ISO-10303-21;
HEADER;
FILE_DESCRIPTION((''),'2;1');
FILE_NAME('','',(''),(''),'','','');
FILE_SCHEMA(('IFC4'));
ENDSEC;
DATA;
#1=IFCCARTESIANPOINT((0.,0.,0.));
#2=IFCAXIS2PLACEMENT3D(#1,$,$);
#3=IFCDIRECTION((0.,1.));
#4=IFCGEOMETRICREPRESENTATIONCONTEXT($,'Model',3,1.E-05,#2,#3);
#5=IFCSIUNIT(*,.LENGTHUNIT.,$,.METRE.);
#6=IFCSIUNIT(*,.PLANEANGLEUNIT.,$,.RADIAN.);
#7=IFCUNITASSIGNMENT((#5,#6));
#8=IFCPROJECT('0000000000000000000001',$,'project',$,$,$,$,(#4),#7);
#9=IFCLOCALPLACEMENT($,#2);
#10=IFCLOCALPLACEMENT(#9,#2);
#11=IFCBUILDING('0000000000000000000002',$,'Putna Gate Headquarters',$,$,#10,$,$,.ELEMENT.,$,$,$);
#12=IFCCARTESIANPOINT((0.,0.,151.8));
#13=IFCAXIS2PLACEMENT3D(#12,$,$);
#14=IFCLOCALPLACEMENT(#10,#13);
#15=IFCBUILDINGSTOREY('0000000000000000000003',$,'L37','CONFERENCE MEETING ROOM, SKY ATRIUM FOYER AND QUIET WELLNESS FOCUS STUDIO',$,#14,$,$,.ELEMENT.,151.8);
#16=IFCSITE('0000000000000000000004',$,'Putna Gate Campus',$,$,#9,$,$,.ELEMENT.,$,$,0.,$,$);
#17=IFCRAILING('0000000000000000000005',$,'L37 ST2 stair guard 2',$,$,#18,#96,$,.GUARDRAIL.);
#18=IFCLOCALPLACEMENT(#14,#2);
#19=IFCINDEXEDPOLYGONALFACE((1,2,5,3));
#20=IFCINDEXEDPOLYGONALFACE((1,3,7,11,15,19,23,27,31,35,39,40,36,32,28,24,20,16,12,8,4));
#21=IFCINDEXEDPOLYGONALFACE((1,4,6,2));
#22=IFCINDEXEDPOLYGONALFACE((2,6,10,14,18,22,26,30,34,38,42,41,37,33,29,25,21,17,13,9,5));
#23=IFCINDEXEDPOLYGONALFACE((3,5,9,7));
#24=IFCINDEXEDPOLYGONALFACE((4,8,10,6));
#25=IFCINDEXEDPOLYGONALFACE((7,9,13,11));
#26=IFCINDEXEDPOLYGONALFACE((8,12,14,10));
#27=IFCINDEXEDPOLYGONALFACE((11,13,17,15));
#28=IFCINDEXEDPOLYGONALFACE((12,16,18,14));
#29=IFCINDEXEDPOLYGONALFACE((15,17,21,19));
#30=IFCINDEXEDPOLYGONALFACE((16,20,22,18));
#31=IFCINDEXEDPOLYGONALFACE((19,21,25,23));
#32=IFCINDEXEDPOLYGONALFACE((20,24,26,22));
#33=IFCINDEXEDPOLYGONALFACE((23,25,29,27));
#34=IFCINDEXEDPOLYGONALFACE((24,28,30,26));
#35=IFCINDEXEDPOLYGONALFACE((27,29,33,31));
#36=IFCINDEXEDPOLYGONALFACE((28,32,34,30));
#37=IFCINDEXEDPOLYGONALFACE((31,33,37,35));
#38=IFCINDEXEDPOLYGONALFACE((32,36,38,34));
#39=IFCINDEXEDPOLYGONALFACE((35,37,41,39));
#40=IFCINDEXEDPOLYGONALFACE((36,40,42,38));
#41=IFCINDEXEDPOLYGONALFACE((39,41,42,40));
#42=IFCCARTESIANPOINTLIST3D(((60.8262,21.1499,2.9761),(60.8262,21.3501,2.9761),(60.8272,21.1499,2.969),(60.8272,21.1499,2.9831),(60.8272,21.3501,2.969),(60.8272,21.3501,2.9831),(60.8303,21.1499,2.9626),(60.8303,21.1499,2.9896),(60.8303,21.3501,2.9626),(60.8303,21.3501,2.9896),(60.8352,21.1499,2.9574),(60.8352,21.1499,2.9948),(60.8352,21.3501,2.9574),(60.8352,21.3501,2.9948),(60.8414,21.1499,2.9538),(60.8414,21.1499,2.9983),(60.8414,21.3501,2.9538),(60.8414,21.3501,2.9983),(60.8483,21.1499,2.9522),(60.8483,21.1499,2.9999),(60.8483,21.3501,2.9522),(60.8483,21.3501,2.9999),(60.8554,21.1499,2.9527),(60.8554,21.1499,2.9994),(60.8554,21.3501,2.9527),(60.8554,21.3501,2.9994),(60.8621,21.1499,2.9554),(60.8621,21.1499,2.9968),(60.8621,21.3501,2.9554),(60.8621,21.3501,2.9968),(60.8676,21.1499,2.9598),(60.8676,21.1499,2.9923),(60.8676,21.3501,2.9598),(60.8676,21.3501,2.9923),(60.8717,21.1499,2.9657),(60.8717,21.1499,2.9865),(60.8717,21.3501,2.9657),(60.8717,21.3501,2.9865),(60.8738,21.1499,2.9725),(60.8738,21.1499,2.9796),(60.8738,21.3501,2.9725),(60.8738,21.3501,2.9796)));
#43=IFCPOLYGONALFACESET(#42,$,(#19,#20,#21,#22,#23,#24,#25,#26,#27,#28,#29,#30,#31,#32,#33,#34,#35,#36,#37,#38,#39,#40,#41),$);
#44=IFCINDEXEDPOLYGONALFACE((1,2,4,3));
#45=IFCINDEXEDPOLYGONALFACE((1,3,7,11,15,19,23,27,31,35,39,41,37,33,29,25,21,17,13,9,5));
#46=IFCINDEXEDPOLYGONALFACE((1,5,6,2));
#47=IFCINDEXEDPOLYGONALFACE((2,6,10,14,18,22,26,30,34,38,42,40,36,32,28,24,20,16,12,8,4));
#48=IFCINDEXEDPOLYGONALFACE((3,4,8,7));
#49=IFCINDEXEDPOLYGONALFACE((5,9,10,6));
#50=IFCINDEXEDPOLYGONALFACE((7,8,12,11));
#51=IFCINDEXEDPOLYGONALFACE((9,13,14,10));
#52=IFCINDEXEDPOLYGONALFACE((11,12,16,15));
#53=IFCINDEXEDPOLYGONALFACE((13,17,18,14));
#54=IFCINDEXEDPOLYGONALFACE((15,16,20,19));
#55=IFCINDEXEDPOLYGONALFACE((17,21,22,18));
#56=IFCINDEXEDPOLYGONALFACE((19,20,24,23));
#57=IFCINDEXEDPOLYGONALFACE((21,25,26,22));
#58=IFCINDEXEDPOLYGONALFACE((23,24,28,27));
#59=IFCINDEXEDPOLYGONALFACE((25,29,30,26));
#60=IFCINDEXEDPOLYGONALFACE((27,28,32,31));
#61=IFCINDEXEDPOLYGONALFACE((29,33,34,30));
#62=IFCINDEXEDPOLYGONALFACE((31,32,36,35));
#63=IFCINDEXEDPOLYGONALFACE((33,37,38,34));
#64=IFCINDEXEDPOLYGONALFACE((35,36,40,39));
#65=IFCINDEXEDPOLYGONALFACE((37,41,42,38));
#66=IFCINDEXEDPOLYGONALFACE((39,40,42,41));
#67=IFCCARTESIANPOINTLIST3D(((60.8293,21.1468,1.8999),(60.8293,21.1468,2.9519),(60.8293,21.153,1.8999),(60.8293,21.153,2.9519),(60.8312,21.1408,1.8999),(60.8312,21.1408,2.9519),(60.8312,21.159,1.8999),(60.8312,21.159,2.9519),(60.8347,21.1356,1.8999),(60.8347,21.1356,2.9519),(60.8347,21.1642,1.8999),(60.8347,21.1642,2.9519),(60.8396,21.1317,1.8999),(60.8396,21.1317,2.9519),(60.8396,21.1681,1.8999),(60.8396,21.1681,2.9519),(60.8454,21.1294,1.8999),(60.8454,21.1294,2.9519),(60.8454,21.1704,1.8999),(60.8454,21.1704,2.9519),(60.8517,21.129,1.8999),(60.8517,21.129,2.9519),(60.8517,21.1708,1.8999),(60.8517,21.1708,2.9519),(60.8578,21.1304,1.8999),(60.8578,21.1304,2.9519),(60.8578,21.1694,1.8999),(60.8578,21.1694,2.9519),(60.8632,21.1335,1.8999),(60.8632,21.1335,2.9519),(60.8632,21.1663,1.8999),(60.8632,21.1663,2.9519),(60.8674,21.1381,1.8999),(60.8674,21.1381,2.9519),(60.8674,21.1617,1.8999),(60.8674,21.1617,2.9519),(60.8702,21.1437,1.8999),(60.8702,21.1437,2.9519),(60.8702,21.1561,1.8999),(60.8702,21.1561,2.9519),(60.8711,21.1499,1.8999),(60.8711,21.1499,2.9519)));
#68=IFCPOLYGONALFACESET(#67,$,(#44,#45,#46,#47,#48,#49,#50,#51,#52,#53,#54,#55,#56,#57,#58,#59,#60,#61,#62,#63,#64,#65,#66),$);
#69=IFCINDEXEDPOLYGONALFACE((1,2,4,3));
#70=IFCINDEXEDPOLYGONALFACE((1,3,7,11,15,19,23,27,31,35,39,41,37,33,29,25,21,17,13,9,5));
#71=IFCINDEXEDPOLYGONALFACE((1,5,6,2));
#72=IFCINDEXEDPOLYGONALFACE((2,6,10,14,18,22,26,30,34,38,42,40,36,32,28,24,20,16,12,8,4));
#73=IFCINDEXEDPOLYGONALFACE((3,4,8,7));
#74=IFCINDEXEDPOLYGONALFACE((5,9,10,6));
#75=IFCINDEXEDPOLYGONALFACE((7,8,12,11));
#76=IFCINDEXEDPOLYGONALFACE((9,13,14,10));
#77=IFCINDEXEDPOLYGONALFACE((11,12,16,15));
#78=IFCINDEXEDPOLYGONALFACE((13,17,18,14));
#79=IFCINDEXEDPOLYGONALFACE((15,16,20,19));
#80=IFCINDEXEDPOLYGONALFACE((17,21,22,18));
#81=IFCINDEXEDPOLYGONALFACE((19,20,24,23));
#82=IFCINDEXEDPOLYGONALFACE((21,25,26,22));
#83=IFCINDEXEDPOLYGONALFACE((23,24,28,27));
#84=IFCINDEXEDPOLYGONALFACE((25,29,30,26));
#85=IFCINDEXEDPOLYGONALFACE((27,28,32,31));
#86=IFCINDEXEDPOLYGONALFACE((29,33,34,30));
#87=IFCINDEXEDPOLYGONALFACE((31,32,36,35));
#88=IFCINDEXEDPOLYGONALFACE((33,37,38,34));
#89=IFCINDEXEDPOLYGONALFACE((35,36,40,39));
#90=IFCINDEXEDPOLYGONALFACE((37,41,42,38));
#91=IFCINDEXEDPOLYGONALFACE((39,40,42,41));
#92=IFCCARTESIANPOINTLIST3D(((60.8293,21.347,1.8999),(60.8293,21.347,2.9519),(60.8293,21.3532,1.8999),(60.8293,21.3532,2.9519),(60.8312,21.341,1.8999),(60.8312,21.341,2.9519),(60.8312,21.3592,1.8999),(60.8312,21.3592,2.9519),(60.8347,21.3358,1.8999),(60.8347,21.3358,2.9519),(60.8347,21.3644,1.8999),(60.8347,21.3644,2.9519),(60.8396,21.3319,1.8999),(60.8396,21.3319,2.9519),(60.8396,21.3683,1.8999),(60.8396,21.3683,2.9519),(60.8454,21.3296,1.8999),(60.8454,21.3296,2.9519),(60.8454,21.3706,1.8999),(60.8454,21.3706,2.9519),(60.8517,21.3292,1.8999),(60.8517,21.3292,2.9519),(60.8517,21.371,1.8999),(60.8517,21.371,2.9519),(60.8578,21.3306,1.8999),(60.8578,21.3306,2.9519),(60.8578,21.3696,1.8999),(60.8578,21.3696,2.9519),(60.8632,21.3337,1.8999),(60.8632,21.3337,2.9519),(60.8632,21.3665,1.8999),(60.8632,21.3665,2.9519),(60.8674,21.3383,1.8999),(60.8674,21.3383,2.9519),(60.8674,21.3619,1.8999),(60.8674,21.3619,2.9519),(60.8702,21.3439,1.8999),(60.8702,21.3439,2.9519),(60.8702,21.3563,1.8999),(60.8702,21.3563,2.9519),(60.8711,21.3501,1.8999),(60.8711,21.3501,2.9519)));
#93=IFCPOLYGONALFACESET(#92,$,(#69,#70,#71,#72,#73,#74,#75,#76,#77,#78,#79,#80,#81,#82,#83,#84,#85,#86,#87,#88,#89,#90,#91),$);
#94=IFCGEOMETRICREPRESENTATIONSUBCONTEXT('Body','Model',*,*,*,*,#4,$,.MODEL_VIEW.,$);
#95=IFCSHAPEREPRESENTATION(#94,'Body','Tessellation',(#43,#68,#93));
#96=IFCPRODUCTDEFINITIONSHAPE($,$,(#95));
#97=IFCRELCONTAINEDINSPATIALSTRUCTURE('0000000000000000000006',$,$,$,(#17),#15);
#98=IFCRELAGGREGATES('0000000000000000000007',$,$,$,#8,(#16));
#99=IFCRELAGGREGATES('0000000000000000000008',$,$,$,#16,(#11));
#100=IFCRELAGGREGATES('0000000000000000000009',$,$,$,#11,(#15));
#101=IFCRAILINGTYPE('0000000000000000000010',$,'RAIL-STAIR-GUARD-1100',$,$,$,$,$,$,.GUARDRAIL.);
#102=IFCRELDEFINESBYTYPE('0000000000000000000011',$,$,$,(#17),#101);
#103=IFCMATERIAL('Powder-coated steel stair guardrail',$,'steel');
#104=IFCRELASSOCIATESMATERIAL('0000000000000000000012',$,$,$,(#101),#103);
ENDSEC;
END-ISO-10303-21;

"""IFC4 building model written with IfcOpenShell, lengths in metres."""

from ifc_helpers import new_model, si_unit, direction, frame, origin, origin_2d, place, context, subcontext, project, spatial, circle, extrude, material, type_object, element, save


model = new_model("IFC4")

# Units and contexts
model_context = context("Model", 3, precision=1e-05, world=origin(), true_north=direction((0.0, 1.0)))
body_context = subcontext(model_context, "Body", "Model", "MODEL_VIEW")
ifc_project = project(units=[si_unit("LENGTHUNIT", "METRE"), si_unit("PLANEANGLEUNIT", "RADIAN")], contexts=[model_context])

# Site, building, storey
site_placement = place(None, origin())
site = spatial("IfcSite", under=ifc_project, at=site_placement, Name="Putna Gate Campus", CompositionType="ELEMENT", RefElevation=0.0)
building_placement = place(site_placement, origin())
building = spatial("IfcBuilding", under=site, at=building_placement, Name="Putna Gate Headquarters", CompositionType="ELEMENT")
storey_placement = place(building_placement, frame((0.0, 0.0, 151.8)))
storey = spatial("IfcBuildingStorey", under=building, at=storey_placement, Name="L37", Description="CONFERENCE MEETING ROOM, SKY ATRIUM FOYER AND QUIET WELLNESS FOCUS STUDIO", CompositionType="ELEMENT", Elevation=151.8)

# Railing
ifc_material_1 = material(Name="Powder-coated steel stair guardrail", Category="steel")
railing_type_1 = type_object("IfcRailingType", Name="RAIL-STAIR-GUARD-1100", PredefinedType="GUARDRAIL", material=ifc_material_1)
railing_1_placement = place(storey_placement, frame((60.8501, 21.1499, 1.8999)))
element("IfcRailing", 1, at=railing_1_placement, inside=storey, type_object=railing_type_1, Name="L37 ST2 stair guard 2", PredefinedType="GUARDRAIL", context=body_context, shape_type="SweptSolid", body=[
    extrude(circle(Radius=0.0239, at=origin_2d()), frame((0.0, 0.0, 1.0762), z_axis=(0.0, 1.0, 0.0), x_axis=(-1.0, 0.0, 0.0)), (0.0, 0.0, 1.0), 0.2002),
    extrude(circle(Radius=0.021, at=origin_2d()), origin(), (0.0, 0.0, 1.0), 1.052),
    extrude(circle(Radius=0.021, at=origin_2d()), frame((0.0, 0.2002, 0.0)), (0.0, 0.0, 1.0), 1.052),
])

save(model, "model.ifc")
